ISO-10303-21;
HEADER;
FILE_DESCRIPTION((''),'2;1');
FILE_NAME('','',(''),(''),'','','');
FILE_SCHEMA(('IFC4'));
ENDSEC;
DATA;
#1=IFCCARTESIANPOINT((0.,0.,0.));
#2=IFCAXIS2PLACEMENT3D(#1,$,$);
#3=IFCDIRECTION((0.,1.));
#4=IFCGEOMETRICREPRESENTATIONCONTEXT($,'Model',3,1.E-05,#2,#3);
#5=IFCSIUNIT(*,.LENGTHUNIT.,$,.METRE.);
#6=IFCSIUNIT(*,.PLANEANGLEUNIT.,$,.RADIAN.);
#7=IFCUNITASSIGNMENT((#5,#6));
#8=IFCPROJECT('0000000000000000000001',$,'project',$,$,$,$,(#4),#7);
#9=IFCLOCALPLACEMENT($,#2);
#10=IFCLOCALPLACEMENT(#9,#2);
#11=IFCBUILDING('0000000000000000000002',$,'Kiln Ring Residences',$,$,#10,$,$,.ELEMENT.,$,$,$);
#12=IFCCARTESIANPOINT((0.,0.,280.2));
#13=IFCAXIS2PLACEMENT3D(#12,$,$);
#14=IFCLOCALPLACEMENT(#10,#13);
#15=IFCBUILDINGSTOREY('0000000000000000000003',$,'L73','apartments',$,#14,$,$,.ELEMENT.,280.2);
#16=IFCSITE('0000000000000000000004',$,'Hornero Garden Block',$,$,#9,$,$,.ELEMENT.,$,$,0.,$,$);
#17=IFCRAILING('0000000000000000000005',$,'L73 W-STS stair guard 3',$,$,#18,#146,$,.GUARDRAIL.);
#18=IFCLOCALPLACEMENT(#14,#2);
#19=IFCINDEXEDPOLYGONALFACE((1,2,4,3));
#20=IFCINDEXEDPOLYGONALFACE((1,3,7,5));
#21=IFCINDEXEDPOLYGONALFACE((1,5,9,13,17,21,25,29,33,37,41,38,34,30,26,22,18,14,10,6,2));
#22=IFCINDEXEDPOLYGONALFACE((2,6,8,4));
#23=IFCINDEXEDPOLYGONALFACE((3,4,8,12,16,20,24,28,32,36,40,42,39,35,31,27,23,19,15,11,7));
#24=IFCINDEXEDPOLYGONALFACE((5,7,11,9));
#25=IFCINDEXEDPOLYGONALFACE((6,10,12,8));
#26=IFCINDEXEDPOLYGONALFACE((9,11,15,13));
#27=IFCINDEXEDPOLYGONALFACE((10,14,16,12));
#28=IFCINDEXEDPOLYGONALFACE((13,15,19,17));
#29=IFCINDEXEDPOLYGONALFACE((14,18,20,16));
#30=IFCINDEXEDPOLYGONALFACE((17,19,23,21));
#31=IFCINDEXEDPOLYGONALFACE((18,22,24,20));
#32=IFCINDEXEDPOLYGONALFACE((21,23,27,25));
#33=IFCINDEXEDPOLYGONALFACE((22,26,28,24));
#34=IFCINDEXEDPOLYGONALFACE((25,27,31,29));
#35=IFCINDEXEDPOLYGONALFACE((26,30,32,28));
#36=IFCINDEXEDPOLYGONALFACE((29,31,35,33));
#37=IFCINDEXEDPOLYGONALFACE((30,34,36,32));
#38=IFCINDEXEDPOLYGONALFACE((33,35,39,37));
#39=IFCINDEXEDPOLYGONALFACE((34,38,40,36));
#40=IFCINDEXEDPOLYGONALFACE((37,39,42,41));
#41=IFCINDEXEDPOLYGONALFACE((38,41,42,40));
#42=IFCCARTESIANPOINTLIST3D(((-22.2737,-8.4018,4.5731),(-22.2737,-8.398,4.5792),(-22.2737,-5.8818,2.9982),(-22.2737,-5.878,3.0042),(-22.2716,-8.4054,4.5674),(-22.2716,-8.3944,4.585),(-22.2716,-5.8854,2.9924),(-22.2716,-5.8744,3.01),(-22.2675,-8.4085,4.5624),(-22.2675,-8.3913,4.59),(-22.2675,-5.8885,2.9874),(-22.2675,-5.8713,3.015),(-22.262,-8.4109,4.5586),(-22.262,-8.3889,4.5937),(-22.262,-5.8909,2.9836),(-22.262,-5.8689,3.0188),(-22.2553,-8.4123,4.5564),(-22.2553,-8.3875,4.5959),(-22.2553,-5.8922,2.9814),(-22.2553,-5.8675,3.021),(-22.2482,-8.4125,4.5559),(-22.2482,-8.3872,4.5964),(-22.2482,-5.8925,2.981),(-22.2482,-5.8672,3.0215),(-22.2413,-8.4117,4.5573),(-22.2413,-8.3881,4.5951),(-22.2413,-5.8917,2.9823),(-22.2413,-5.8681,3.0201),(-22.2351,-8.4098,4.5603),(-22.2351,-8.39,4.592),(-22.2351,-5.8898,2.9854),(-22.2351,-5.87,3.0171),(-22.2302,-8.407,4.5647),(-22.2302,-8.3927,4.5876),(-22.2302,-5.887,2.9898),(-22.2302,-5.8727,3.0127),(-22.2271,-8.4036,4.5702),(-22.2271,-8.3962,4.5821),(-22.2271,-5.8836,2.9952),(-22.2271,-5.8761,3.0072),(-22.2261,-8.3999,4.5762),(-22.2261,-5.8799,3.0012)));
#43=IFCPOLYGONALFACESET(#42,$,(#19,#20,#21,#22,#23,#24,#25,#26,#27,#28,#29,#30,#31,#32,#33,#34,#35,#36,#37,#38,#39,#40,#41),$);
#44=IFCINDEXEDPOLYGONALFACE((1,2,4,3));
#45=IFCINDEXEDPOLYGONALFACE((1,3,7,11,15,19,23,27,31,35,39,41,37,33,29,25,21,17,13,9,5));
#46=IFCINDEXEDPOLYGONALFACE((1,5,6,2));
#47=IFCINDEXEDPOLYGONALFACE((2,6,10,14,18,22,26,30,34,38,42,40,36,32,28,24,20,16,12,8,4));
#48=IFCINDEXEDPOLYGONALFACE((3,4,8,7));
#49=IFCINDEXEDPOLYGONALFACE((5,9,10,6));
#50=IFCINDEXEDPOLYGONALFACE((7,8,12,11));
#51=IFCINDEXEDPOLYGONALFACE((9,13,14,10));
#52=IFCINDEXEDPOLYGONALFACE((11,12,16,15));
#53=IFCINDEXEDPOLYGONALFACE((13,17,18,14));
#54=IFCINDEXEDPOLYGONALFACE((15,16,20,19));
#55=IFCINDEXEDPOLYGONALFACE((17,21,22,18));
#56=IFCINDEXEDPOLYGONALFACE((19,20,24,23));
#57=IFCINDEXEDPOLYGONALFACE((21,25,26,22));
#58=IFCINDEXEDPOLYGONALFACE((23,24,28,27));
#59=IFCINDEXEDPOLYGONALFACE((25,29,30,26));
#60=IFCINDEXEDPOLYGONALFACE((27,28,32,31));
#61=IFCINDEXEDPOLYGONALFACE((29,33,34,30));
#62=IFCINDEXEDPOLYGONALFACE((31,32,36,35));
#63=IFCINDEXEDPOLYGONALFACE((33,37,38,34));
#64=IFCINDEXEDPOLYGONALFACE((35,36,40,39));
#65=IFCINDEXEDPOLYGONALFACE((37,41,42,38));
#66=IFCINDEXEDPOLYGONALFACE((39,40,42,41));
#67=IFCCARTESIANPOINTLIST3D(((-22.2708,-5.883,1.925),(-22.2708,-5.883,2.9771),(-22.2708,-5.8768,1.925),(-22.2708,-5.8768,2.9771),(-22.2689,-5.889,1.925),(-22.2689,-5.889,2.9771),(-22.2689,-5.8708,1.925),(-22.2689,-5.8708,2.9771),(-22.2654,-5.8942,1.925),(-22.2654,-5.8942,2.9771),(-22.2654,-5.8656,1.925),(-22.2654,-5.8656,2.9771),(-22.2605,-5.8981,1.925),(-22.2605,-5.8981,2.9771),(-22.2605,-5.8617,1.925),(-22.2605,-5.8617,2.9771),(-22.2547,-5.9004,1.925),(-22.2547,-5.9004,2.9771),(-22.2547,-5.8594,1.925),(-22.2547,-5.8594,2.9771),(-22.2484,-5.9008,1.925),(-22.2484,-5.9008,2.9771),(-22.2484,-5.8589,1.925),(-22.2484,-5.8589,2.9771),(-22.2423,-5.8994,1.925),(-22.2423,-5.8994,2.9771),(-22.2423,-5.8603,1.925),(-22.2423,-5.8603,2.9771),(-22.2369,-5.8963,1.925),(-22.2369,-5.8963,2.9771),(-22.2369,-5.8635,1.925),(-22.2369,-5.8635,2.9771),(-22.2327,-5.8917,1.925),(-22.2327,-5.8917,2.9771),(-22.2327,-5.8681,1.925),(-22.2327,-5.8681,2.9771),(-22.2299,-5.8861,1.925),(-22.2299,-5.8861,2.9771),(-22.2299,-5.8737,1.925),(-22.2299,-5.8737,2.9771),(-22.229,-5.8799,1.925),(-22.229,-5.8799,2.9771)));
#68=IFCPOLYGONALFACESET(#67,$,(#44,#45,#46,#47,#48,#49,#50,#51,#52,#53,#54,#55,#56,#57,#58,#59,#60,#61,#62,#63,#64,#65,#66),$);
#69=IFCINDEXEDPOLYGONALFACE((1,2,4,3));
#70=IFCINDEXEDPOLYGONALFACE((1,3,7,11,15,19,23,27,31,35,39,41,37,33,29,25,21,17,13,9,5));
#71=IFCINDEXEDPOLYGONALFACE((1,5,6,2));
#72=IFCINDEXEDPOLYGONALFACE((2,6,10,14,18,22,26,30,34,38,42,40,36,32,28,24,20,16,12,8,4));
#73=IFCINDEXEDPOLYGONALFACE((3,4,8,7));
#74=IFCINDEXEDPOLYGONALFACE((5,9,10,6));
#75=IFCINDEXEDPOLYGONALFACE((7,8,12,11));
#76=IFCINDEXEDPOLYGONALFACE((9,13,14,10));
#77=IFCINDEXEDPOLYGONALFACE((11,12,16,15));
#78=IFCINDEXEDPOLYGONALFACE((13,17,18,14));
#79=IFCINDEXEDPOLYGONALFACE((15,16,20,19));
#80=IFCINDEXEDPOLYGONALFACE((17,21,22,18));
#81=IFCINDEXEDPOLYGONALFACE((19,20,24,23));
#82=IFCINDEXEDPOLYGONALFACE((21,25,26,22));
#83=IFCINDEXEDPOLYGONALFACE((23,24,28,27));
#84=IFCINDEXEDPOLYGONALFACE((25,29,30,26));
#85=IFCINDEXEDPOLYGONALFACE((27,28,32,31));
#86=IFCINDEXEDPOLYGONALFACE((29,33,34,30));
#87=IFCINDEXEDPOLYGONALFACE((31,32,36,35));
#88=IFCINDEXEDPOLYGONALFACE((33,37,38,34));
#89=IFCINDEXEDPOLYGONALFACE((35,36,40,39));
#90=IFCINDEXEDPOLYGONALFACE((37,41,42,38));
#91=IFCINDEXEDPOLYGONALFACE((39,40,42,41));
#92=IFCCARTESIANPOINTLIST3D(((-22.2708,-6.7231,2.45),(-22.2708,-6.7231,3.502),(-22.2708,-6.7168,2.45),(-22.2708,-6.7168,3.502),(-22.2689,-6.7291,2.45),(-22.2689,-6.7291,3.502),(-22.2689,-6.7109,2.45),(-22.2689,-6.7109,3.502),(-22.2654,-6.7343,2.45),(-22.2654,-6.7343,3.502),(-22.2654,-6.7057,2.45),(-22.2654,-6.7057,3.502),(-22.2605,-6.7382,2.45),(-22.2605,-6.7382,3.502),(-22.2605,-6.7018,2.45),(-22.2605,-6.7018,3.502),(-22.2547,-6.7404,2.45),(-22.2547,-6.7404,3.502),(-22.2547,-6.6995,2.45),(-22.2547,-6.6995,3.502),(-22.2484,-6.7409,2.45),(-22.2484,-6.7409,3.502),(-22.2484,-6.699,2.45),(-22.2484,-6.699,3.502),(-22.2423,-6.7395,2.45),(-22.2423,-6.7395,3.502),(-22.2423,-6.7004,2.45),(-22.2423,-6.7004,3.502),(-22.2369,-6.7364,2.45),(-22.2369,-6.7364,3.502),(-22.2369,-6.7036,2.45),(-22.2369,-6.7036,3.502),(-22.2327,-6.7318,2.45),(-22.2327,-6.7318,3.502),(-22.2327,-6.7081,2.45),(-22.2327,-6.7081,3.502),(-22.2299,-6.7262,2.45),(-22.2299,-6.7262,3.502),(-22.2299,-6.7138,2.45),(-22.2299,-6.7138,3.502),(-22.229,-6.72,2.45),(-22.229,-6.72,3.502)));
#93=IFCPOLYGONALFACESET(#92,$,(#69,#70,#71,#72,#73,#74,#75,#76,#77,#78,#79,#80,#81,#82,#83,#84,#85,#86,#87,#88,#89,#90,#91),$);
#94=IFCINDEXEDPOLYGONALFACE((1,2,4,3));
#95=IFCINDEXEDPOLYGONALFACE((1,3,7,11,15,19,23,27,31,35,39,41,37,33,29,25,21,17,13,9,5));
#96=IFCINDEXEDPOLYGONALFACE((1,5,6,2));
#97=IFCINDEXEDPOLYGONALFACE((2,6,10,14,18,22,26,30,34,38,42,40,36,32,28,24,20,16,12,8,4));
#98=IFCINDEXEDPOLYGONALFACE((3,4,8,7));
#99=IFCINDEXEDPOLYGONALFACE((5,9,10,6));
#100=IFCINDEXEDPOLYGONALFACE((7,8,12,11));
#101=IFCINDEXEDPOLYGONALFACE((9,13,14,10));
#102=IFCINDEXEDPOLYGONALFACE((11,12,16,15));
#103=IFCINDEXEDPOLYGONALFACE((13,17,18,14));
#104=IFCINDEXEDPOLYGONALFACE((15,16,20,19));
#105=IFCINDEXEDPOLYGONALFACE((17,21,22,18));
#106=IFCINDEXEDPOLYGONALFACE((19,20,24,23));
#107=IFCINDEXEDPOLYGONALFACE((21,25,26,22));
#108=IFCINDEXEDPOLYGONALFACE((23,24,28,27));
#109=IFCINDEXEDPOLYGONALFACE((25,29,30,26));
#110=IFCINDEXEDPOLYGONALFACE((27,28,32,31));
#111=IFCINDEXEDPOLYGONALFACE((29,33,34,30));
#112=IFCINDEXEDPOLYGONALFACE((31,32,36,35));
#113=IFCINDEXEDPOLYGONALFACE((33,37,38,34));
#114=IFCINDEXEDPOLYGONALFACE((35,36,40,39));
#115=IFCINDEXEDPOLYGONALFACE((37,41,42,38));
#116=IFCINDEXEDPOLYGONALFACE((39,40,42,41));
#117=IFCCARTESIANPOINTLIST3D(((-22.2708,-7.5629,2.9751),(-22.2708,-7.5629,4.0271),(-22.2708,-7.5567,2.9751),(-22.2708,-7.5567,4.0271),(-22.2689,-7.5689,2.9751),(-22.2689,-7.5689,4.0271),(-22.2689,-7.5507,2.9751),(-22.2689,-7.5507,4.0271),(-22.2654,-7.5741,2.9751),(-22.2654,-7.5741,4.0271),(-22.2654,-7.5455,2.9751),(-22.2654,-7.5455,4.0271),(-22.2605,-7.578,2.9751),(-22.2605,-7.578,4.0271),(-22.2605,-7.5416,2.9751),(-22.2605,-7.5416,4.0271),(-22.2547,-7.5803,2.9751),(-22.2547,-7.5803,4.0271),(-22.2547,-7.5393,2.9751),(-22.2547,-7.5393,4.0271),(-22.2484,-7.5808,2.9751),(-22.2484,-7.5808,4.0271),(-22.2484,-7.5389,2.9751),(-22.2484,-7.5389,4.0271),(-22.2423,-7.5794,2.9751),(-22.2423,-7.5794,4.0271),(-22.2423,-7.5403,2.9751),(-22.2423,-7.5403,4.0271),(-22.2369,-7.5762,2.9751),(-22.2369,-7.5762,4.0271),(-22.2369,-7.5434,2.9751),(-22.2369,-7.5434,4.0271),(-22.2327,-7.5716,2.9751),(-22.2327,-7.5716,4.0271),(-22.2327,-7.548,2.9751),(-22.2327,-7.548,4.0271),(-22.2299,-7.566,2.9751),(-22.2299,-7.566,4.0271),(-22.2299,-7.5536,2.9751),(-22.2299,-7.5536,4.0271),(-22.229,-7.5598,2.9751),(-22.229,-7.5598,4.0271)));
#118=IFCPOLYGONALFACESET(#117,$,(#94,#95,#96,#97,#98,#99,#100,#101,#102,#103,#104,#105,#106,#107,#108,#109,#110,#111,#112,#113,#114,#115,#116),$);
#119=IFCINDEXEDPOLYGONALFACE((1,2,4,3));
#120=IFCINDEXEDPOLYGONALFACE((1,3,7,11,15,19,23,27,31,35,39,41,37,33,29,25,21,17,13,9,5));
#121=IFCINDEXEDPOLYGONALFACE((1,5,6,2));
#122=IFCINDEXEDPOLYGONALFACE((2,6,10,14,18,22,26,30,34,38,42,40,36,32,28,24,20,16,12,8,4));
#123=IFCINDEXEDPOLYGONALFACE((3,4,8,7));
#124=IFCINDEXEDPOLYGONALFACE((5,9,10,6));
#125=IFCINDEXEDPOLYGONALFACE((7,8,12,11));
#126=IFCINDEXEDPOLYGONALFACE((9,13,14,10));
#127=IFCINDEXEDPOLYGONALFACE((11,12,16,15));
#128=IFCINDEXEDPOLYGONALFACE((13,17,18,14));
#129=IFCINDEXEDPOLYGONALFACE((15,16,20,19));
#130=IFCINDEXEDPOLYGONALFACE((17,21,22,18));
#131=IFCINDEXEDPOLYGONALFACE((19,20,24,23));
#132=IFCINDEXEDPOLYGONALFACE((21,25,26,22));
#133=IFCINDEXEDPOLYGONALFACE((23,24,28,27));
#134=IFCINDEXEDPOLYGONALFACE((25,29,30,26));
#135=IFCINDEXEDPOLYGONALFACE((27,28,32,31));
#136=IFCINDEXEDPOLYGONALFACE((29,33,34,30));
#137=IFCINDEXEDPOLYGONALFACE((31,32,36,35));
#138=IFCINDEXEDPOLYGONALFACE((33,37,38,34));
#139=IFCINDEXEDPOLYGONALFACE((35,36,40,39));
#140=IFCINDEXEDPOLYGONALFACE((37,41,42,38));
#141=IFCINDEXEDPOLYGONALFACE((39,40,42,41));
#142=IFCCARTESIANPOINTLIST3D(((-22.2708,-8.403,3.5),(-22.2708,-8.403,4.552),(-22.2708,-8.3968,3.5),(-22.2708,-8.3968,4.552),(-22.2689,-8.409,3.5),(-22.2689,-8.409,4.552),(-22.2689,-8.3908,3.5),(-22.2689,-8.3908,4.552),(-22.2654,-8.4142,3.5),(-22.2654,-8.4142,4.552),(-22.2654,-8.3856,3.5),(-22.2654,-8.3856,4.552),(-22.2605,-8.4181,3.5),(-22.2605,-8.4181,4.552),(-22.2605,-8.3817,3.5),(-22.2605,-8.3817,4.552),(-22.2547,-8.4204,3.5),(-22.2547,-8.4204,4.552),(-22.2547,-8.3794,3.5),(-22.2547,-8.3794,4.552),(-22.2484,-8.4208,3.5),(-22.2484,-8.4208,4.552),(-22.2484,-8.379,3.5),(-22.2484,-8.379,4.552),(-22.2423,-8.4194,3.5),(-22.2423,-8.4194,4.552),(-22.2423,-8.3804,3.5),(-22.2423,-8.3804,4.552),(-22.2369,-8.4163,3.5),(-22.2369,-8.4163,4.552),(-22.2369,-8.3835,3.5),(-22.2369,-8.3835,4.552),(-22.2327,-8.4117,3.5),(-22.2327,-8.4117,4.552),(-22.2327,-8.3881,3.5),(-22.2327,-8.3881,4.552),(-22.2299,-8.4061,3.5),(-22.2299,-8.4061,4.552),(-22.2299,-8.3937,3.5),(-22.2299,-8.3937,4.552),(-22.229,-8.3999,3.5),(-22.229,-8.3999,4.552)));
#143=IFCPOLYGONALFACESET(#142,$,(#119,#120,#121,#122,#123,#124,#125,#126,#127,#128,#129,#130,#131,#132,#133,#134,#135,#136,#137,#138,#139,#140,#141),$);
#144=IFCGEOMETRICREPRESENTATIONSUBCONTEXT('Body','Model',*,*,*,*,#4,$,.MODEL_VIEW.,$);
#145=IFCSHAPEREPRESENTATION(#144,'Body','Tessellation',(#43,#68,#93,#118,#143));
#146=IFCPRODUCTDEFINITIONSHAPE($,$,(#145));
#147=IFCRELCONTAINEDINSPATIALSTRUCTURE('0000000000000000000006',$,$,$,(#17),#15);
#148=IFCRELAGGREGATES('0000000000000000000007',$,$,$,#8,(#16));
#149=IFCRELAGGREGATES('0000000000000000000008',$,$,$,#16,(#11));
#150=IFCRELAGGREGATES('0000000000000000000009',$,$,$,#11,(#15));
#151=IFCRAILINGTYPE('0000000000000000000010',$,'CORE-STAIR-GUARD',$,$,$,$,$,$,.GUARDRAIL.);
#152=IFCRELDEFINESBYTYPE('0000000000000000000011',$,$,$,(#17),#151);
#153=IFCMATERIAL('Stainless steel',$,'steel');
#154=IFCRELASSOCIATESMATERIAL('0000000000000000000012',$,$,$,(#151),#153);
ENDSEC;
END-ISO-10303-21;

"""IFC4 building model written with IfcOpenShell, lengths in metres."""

from ifc_helpers import new_model, si_unit, direction, frame, origin, origin_2d, place, context, subcontext, project, spatial, circle, extrude, material, type_object, element, save


model = new_model("IFC4")

# Units and contexts
model_context = context("Model", 3, precision=1e-05, world=origin(), true_north=direction((0.0, 1.0)))
body_context = subcontext(model_context, "Body", "Model", "MODEL_VIEW")
ifc_project = project(units=[si_unit("LENGTHUNIT", "METRE"), si_unit("PLANEANGLEUNIT", "RADIAN")], contexts=[model_context])

# Site, building, storey
site_placement = place(None, origin())
site = spatial("IfcSite", under=ifc_project, at=site_placement, Name="Hornero Garden Block", CompositionType="ELEMENT", RefElevation=0.0)
building_placement = place(site_placement, origin())
building = spatial("IfcBuilding", under=site, at=building_placement, Name="Kiln Ring Residences", CompositionType="ELEMENT")
storey_placement = place(building_placement, frame((0.0, 0.0, 280.2)))
storey = spatial("IfcBuildingStorey", under=building, at=storey_placement, Name="L73", Description="apartments", CompositionType="ELEMENT", Elevation=280.2)

# Railing
ifc_material_1 = material(Name="Stainless steel", Category="steel")
railing_type_1 = type_object("IfcRailingType", Name="CORE-STAIR-GUARD", PredefinedType="GUARDRAIL", material=ifc_material_1)
railing_1_placement = place(storey_placement, frame((-22.25, -5.8799, 1.925)))
element("IfcRailing", 1, at=railing_1_placement, inside=storey, type_object=railing_type_1, Name="L73 W-STS stair guard 3", PredefinedType="GUARDRAIL", context=body_context, shape_type="SweptSolid", body=[
    extrude(circle(Radius=0.0239, at=origin_2d()), frame((0.0, 0.0, 1.0762), z_axis=(0.0, -0.848008, 0.529984), x_axis=(1.0, 0.0, 0.0)), (0.0, 0.0, 1.0), 2.9717),
    extrude(circle(Radius=0.021, at=origin_2d()), origin(), (0.0, 0.0, 1.0), 1.052),
    extrude(circle(Radius=0.021, at=origin_2d()), frame((0.0, -0.8401, 0.5249)), (0.0, 0.0, 1.0), 1.052),
    extrude(circle(Radius=0.021, at=origin_2d()), frame((0.0, -1.6799, 1.05)), (0.0, 0.0, 1.0), 1.052),
    extrude(circle(Radius=0.021, at=origin_2d()), frame((0.0, -2.52, 1.575)), (0.0, 0.0, 1.0), 1.052),
])

save(model, "model.ifc")
